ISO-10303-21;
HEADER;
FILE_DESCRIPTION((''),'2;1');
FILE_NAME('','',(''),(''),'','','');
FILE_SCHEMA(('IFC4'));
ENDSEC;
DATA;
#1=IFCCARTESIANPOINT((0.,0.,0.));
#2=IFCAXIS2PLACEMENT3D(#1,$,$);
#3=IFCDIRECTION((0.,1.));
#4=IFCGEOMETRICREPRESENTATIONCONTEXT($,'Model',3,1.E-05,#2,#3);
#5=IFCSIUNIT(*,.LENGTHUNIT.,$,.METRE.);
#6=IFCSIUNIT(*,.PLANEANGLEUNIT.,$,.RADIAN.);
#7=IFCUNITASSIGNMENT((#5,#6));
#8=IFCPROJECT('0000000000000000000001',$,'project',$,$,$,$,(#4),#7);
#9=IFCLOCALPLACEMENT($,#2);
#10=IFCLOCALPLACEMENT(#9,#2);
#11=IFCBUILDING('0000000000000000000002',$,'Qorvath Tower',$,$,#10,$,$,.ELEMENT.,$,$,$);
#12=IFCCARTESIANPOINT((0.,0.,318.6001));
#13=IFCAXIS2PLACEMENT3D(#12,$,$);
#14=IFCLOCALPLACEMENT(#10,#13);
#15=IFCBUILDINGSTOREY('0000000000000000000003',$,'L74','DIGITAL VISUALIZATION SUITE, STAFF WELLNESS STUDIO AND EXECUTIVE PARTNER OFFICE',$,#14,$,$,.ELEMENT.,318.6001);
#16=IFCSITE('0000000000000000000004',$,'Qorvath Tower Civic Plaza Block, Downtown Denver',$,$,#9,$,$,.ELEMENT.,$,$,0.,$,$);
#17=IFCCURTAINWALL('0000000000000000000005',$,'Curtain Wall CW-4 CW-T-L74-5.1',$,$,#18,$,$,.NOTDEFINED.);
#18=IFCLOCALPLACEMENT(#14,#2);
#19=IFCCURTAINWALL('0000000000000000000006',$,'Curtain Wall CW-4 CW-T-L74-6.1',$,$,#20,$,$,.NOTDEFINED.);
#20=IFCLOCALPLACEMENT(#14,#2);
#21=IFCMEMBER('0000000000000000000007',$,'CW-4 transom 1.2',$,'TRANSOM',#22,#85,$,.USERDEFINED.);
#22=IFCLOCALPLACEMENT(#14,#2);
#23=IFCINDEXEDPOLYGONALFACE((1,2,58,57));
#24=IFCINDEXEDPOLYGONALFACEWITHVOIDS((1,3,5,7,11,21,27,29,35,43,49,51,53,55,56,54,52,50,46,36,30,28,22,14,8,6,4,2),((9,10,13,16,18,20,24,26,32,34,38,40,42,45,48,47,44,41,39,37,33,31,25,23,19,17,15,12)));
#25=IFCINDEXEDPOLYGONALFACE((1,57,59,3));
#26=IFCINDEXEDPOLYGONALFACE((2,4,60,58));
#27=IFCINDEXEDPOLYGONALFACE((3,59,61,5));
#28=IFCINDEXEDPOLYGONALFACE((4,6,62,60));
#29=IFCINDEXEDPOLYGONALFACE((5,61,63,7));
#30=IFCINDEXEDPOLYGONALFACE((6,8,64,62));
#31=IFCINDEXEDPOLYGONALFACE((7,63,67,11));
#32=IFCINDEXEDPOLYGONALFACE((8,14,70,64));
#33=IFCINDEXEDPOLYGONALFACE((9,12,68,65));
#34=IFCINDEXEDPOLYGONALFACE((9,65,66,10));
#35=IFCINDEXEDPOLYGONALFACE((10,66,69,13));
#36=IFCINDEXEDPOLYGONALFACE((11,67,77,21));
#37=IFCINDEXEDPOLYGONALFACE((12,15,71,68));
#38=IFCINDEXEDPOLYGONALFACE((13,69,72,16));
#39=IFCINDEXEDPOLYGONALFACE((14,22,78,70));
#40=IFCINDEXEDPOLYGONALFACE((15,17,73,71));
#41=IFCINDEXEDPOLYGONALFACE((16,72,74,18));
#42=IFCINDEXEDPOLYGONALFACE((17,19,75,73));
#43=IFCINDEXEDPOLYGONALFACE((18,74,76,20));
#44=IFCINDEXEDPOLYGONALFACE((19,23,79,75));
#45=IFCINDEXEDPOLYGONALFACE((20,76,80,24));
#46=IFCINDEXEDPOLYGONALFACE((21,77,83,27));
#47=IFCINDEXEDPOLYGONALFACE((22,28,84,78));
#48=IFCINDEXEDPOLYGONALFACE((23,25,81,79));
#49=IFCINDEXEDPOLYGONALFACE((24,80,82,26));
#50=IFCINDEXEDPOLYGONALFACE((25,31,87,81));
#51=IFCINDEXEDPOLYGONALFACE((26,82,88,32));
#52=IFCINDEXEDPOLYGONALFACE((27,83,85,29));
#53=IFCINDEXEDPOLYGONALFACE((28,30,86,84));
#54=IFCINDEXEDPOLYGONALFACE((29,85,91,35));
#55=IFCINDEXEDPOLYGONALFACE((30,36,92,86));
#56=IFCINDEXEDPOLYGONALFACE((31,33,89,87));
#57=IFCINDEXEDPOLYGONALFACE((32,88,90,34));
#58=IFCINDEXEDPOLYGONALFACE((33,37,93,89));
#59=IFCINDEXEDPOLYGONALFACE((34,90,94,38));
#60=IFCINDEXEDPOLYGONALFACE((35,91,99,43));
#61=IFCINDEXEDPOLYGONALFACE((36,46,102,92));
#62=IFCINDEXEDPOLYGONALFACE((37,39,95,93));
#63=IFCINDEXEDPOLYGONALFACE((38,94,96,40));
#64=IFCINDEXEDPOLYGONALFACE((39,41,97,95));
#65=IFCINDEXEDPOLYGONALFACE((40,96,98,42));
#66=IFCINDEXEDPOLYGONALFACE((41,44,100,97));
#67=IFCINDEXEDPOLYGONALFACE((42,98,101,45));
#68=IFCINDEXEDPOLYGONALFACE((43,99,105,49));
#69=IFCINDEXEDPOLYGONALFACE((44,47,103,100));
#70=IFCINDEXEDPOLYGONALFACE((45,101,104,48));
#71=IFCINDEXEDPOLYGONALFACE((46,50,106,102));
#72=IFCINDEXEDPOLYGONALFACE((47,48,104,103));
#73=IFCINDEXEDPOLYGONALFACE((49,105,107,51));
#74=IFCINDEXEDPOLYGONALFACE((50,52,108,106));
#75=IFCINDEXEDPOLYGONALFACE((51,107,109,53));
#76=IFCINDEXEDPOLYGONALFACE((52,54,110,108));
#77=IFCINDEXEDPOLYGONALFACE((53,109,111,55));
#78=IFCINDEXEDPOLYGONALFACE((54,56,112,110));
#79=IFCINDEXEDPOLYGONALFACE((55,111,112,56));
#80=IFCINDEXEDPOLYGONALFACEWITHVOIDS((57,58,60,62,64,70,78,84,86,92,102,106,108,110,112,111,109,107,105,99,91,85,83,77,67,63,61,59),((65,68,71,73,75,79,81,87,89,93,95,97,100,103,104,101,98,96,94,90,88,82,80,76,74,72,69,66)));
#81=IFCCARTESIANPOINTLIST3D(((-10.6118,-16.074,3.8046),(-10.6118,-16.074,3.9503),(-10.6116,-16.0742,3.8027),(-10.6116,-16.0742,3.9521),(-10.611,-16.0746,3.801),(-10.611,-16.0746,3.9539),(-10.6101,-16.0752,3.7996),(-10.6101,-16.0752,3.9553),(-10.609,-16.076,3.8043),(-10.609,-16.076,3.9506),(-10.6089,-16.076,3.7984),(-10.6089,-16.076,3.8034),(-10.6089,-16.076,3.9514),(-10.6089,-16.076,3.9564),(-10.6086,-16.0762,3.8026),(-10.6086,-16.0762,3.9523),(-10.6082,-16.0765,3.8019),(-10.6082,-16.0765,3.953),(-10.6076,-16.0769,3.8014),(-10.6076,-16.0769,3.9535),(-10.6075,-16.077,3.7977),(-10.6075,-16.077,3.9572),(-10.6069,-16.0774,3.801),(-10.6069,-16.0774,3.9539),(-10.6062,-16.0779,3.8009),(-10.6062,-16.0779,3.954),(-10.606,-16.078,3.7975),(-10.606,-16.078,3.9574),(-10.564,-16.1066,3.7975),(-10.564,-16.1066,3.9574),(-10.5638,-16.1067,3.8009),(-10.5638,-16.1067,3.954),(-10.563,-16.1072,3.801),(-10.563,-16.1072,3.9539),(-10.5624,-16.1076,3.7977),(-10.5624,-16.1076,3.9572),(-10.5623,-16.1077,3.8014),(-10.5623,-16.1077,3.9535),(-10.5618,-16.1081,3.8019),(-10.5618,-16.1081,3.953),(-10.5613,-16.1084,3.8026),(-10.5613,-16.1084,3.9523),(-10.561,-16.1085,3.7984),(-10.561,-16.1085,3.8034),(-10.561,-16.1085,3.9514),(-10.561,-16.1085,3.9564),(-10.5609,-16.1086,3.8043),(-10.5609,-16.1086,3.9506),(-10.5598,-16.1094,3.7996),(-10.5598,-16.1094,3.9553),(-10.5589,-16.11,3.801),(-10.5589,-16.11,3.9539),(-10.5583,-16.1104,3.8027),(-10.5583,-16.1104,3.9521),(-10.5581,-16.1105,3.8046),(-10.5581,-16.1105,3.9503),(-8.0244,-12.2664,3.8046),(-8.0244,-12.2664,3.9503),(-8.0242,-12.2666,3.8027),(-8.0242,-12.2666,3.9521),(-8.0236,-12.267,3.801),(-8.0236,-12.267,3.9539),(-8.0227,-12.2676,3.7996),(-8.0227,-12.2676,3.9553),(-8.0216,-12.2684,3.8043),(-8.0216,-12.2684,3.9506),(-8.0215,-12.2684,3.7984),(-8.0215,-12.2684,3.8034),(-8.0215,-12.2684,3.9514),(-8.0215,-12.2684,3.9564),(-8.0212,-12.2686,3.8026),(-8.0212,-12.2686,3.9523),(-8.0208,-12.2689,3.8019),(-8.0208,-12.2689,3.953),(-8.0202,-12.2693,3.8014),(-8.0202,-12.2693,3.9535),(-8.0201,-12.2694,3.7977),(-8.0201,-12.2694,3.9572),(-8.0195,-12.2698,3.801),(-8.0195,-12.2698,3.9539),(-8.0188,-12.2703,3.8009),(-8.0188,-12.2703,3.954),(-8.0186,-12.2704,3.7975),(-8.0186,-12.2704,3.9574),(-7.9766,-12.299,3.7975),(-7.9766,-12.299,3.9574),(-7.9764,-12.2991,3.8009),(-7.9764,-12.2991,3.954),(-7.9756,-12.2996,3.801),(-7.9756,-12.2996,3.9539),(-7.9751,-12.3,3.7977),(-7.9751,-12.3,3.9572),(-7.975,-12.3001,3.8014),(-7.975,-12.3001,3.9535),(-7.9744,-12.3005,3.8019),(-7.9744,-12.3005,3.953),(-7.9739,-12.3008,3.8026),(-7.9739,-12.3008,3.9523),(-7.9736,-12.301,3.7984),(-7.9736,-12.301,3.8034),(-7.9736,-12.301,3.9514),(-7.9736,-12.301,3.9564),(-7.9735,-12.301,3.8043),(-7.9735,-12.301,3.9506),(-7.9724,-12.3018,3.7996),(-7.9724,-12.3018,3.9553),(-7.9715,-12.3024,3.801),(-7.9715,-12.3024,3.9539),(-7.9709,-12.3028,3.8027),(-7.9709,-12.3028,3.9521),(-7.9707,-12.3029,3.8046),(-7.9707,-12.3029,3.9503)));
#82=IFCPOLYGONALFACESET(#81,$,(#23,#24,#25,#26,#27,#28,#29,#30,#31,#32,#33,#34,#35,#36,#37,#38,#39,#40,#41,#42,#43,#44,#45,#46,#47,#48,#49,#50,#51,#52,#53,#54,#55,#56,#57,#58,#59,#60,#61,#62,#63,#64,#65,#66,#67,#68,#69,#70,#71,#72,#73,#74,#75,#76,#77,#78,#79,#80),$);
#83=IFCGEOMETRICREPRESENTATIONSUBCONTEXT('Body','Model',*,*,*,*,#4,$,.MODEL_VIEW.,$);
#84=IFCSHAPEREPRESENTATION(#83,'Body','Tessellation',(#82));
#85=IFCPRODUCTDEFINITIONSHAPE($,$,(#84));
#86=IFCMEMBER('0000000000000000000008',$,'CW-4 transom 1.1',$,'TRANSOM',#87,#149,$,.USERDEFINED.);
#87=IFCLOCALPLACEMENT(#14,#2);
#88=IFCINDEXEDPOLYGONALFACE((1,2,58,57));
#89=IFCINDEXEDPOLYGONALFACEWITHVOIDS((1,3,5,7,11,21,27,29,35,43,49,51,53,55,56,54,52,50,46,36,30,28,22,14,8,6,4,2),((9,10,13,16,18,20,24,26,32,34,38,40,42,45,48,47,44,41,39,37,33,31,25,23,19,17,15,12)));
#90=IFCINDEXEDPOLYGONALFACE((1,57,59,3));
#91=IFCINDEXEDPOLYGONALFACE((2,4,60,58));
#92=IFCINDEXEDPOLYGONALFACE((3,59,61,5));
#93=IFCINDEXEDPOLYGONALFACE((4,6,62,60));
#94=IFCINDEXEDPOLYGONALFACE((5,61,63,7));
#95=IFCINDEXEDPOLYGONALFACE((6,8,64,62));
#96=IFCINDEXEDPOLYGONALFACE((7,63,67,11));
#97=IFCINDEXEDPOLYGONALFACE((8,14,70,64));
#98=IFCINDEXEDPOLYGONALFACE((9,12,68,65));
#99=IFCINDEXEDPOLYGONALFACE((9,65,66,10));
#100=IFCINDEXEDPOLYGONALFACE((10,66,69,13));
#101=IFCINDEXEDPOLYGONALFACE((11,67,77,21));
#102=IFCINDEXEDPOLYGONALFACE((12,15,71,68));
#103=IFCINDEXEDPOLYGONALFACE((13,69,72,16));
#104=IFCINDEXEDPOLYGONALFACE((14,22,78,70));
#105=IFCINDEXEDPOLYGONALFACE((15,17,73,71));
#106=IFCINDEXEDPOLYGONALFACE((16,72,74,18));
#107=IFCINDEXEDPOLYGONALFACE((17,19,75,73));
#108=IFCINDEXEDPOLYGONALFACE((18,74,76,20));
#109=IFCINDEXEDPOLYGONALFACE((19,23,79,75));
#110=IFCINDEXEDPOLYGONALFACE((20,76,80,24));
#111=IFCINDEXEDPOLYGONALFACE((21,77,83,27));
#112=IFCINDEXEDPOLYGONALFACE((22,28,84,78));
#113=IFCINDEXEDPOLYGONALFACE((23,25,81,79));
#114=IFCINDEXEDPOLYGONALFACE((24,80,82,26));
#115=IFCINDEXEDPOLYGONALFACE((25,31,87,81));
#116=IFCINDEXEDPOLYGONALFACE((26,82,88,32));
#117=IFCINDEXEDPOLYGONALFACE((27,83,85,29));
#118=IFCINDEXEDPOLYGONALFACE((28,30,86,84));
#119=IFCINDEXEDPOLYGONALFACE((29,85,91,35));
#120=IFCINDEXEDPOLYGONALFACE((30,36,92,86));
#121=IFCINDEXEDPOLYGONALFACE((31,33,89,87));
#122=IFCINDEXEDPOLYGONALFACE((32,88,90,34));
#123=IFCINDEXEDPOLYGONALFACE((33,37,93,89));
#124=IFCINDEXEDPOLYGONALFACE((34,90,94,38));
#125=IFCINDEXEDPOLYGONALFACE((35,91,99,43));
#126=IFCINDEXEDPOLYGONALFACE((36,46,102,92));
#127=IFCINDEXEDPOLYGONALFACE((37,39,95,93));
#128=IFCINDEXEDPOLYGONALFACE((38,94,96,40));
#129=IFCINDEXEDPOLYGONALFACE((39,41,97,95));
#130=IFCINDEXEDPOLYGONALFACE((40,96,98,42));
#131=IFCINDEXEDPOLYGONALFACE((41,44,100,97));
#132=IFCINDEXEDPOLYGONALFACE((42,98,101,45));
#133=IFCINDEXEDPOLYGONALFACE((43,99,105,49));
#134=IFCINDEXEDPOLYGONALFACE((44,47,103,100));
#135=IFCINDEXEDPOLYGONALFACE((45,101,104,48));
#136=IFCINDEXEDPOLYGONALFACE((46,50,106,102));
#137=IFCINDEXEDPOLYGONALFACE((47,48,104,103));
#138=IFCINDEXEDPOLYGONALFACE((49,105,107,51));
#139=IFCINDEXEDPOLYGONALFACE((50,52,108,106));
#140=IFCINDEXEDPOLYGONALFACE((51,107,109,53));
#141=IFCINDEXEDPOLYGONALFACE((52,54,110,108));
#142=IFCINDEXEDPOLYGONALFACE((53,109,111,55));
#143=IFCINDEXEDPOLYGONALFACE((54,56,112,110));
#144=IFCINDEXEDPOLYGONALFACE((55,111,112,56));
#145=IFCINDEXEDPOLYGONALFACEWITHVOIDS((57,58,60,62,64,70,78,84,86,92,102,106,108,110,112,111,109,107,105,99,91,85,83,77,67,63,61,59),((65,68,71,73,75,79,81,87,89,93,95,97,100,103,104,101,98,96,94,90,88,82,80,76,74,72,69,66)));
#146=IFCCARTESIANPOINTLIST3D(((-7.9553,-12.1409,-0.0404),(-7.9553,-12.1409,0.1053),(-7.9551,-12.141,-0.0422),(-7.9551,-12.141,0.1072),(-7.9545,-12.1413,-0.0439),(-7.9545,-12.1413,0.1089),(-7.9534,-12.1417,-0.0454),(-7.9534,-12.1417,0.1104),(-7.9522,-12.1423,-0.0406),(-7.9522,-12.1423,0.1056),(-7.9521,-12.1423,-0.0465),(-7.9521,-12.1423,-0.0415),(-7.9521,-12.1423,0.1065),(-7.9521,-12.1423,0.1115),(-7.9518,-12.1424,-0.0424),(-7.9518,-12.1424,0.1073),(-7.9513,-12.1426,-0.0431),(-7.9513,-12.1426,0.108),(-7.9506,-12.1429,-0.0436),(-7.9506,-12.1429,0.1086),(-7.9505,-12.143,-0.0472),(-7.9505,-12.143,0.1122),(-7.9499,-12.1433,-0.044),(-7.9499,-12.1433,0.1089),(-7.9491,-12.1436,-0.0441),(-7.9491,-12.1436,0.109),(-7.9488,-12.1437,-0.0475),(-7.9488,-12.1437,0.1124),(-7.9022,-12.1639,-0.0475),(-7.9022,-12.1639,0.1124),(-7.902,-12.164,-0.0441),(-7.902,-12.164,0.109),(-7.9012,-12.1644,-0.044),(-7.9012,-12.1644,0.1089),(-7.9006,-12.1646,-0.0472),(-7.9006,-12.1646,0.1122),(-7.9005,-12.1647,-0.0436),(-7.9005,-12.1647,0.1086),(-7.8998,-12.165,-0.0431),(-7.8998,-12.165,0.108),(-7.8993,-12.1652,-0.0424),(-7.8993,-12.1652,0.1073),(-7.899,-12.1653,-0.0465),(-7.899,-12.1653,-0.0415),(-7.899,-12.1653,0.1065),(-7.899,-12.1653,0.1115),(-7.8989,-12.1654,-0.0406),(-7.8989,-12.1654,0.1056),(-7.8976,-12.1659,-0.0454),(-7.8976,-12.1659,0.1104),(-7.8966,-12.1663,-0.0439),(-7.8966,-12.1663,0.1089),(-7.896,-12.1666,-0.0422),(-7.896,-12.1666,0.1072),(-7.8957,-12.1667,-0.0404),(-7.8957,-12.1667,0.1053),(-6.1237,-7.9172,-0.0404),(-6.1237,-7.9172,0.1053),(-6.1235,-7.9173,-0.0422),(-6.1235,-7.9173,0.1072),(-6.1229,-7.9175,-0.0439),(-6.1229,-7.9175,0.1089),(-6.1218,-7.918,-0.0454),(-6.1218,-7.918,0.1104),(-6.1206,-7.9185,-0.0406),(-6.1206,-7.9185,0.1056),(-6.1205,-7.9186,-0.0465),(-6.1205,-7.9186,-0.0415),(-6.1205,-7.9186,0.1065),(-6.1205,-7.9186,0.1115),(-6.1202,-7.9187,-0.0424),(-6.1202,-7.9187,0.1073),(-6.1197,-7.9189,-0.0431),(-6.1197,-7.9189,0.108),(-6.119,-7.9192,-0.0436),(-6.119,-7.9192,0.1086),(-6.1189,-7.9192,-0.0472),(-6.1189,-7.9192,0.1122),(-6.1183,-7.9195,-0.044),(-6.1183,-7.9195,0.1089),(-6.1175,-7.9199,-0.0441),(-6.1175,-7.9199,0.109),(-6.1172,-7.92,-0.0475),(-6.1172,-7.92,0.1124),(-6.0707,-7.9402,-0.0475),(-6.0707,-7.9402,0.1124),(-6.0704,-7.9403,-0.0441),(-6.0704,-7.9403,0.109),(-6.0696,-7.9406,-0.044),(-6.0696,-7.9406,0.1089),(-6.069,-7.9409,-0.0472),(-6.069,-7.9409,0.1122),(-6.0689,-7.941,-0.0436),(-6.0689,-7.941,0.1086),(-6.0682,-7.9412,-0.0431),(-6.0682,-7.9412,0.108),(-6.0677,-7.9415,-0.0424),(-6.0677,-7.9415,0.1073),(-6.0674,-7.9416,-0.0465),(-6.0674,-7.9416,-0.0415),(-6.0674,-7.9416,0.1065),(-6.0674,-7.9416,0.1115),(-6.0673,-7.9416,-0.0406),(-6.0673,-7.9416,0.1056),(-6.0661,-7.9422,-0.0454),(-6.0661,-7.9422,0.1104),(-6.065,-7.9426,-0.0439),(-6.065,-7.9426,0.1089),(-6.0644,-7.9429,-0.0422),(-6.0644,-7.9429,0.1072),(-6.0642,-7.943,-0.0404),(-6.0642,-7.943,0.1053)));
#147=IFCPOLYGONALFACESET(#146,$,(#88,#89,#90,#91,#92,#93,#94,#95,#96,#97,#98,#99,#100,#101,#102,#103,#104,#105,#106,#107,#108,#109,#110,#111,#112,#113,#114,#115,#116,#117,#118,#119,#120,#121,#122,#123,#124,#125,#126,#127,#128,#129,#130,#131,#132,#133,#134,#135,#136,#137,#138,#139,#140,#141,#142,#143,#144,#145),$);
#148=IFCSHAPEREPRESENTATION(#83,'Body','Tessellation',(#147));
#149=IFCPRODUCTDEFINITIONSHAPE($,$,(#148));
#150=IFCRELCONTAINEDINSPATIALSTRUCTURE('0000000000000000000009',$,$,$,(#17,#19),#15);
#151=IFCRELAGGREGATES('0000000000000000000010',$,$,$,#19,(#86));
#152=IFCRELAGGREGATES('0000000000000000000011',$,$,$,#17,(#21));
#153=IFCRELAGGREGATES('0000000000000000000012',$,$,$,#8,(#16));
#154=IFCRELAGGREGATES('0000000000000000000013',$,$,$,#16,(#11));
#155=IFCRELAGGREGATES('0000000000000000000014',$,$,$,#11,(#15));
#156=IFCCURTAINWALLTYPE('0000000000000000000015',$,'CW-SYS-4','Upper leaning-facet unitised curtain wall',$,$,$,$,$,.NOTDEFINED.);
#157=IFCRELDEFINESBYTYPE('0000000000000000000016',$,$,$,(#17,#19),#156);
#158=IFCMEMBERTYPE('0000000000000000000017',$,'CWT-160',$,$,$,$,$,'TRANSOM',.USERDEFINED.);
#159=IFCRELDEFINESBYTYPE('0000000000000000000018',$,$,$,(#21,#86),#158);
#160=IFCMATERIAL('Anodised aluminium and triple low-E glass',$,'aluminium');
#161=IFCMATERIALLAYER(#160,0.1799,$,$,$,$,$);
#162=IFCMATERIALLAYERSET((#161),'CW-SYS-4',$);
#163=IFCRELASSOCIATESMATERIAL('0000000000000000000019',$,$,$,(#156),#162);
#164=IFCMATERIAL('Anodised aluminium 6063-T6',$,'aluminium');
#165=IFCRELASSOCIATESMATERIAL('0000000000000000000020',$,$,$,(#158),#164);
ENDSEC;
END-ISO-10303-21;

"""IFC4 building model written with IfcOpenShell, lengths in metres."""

from ifc_helpers import new_model, si_unit, direction, frame, origin, origin_2d, place, context, subcontext, project, spatial, hollow_rectangle, extrude, material, layer, layer_set, material_profile, profile_set, type_object, element, aggregate, save


model = new_model("IFC4")

# Units and contexts
model_context = context("Model", 3, precision=1e-05, world=origin(), true_north=direction((0.0, 1.0)))
body_context = subcontext(model_context, "Body", "Model", "MODEL_VIEW")
ifc_project = project(units=[si_unit("LENGTHUNIT", "METRE"), si_unit("PLANEANGLEUNIT", "RADIAN")], contexts=[model_context])

# Site, building, storey
site_placement = place(None, origin())
site = spatial("IfcSite", under=ifc_project, at=site_placement, Name="Qorvath Tower Civic Plaza Block, Downtown Denver", CompositionType="ELEMENT", RefElevation=0.0)
building_placement = place(site_placement, origin())
building = spatial("IfcBuilding", under=site, at=building_placement, Name="Qorvath Tower", CompositionType="ELEMENT")
storey_placement = place(building_placement, frame((0.0, 0.0, 318.6001)))
storey = spatial("IfcBuildingStorey", under=building, at=storey_placement, Name="L74", Description="DIGITAL VISUALIZATION SUITE, STAFF WELLNESS STUDIO AND EXECUTIVE PARTNER OFFICE", CompositionType="ELEMENT", Elevation=318.6001)

# Shared definitions
ifc_material_1 = material(Name="Anodised aluminium and triple low-E glass", Category="aluminium")
ifc_layer_1 = layer(ifc_material_1, 0.1799)
ifc_layer_set_1 = layer_set([ifc_layer_1], Name="CW-SYS-4")
curtain_wall_type = type_object("IfcCurtainWallType", Name="CW-SYS-4", Description="Upper leaning-facet unitised curtain wall", PredefinedType="NOTDEFINED", material=ifc_layer_set_1)

# Curtain wall
curtain_wall_1_placement = place(storey_placement, origin())
curtain_wall_1 = element("IfcCurtainWall", 1, at=curtain_wall_1_placement, inside=storey, type_object=curtain_wall_type, Name="Curtain Wall CW-4 CW-T-L74-5.1", PredefinedType="NOTDEFINED")

# Curtain wall
curtain_wall_2_placement = place(storey_placement, origin())
curtain_wall_2 = element("IfcCurtainWall", 2, at=curtain_wall_2_placement, inside=storey, type_object=curtain_wall_type, Name="Curtain Wall CW-4 CW-T-L74-6.1", PredefinedType="NOTDEFINED")

# Members
ifc_material_2 = material(Name="Anodised aluminium 6063-T6", Category="aluminium")
ifc_material_profile_1 = material_profile(ifc_material_2, hollow_rectangle(XDim=0.0649, YDim=0.1599, WallThickness=0.0034, InnerFilletRadius=0.0034, OuterFilletRadius=0.0071, at=origin_2d()), Name="CWT 160x65")
ifc_profile_set_1 = profile_set([ifc_material_profile_1], Name="Anodised aluminium 6063-T6")
member_type_1 = type_object("IfcMemberType", Name="CWT-160", ElementType="TRANSOM", PredefinedType="USERDEFINED", material=ifc_profile_set_1)
member_1_placement = place(storey_placement, frame((-10.585, -16.0923, 3.8774), z_axis=(0.562046, 0.827106, 0.0), x_axis=(-0.827106, 0.562046, 0.0)))
member_1 = element("IfcMember", 3, at=member_1_placement, type_object=member_type_1, Name="CW-4 transom 1.2", ObjectType="TRANSOM", PredefinedType="USERDEFINED", context=body_context, shape_type="SweptSolid", body=[
    extrude(hollow_rectangle(XDim=0.0649, YDim=0.1599, WallThickness=0.0034, InnerFilletRadius=0.0034, OuterFilletRadius=0.0071, at=origin_2d()), origin(), (0.0, 0.0, 1.0), 4.6035),
])
member_2_placement = place(storey_placement, frame((-7.9255, -12.1538, 0.0325), z_axis=(0.397846, 0.917452, 0.0), x_axis=(-0.917452, 0.397846, 0.0)))
member_2 = element("IfcMember", 4, at=member_2_placement, type_object=member_type_1, Name="CW-4 transom 1.1", ObjectType="TRANSOM", PredefinedType="USERDEFINED", context=body_context, shape_type="SweptSolid", body=[
    extrude(hollow_rectangle(XDim=0.0649, YDim=0.1599, WallThickness=0.0034, InnerFilletRadius=0.0034, OuterFilletRadius=0.0071, at=origin_2d()), origin(), (0.0, 0.0, 1.0), 4.6038),
])
aggregate(curtain_wall_2, [member_2])

aggregate(curtain_wall_1, [member_1])

save(model, "model.ifc")
